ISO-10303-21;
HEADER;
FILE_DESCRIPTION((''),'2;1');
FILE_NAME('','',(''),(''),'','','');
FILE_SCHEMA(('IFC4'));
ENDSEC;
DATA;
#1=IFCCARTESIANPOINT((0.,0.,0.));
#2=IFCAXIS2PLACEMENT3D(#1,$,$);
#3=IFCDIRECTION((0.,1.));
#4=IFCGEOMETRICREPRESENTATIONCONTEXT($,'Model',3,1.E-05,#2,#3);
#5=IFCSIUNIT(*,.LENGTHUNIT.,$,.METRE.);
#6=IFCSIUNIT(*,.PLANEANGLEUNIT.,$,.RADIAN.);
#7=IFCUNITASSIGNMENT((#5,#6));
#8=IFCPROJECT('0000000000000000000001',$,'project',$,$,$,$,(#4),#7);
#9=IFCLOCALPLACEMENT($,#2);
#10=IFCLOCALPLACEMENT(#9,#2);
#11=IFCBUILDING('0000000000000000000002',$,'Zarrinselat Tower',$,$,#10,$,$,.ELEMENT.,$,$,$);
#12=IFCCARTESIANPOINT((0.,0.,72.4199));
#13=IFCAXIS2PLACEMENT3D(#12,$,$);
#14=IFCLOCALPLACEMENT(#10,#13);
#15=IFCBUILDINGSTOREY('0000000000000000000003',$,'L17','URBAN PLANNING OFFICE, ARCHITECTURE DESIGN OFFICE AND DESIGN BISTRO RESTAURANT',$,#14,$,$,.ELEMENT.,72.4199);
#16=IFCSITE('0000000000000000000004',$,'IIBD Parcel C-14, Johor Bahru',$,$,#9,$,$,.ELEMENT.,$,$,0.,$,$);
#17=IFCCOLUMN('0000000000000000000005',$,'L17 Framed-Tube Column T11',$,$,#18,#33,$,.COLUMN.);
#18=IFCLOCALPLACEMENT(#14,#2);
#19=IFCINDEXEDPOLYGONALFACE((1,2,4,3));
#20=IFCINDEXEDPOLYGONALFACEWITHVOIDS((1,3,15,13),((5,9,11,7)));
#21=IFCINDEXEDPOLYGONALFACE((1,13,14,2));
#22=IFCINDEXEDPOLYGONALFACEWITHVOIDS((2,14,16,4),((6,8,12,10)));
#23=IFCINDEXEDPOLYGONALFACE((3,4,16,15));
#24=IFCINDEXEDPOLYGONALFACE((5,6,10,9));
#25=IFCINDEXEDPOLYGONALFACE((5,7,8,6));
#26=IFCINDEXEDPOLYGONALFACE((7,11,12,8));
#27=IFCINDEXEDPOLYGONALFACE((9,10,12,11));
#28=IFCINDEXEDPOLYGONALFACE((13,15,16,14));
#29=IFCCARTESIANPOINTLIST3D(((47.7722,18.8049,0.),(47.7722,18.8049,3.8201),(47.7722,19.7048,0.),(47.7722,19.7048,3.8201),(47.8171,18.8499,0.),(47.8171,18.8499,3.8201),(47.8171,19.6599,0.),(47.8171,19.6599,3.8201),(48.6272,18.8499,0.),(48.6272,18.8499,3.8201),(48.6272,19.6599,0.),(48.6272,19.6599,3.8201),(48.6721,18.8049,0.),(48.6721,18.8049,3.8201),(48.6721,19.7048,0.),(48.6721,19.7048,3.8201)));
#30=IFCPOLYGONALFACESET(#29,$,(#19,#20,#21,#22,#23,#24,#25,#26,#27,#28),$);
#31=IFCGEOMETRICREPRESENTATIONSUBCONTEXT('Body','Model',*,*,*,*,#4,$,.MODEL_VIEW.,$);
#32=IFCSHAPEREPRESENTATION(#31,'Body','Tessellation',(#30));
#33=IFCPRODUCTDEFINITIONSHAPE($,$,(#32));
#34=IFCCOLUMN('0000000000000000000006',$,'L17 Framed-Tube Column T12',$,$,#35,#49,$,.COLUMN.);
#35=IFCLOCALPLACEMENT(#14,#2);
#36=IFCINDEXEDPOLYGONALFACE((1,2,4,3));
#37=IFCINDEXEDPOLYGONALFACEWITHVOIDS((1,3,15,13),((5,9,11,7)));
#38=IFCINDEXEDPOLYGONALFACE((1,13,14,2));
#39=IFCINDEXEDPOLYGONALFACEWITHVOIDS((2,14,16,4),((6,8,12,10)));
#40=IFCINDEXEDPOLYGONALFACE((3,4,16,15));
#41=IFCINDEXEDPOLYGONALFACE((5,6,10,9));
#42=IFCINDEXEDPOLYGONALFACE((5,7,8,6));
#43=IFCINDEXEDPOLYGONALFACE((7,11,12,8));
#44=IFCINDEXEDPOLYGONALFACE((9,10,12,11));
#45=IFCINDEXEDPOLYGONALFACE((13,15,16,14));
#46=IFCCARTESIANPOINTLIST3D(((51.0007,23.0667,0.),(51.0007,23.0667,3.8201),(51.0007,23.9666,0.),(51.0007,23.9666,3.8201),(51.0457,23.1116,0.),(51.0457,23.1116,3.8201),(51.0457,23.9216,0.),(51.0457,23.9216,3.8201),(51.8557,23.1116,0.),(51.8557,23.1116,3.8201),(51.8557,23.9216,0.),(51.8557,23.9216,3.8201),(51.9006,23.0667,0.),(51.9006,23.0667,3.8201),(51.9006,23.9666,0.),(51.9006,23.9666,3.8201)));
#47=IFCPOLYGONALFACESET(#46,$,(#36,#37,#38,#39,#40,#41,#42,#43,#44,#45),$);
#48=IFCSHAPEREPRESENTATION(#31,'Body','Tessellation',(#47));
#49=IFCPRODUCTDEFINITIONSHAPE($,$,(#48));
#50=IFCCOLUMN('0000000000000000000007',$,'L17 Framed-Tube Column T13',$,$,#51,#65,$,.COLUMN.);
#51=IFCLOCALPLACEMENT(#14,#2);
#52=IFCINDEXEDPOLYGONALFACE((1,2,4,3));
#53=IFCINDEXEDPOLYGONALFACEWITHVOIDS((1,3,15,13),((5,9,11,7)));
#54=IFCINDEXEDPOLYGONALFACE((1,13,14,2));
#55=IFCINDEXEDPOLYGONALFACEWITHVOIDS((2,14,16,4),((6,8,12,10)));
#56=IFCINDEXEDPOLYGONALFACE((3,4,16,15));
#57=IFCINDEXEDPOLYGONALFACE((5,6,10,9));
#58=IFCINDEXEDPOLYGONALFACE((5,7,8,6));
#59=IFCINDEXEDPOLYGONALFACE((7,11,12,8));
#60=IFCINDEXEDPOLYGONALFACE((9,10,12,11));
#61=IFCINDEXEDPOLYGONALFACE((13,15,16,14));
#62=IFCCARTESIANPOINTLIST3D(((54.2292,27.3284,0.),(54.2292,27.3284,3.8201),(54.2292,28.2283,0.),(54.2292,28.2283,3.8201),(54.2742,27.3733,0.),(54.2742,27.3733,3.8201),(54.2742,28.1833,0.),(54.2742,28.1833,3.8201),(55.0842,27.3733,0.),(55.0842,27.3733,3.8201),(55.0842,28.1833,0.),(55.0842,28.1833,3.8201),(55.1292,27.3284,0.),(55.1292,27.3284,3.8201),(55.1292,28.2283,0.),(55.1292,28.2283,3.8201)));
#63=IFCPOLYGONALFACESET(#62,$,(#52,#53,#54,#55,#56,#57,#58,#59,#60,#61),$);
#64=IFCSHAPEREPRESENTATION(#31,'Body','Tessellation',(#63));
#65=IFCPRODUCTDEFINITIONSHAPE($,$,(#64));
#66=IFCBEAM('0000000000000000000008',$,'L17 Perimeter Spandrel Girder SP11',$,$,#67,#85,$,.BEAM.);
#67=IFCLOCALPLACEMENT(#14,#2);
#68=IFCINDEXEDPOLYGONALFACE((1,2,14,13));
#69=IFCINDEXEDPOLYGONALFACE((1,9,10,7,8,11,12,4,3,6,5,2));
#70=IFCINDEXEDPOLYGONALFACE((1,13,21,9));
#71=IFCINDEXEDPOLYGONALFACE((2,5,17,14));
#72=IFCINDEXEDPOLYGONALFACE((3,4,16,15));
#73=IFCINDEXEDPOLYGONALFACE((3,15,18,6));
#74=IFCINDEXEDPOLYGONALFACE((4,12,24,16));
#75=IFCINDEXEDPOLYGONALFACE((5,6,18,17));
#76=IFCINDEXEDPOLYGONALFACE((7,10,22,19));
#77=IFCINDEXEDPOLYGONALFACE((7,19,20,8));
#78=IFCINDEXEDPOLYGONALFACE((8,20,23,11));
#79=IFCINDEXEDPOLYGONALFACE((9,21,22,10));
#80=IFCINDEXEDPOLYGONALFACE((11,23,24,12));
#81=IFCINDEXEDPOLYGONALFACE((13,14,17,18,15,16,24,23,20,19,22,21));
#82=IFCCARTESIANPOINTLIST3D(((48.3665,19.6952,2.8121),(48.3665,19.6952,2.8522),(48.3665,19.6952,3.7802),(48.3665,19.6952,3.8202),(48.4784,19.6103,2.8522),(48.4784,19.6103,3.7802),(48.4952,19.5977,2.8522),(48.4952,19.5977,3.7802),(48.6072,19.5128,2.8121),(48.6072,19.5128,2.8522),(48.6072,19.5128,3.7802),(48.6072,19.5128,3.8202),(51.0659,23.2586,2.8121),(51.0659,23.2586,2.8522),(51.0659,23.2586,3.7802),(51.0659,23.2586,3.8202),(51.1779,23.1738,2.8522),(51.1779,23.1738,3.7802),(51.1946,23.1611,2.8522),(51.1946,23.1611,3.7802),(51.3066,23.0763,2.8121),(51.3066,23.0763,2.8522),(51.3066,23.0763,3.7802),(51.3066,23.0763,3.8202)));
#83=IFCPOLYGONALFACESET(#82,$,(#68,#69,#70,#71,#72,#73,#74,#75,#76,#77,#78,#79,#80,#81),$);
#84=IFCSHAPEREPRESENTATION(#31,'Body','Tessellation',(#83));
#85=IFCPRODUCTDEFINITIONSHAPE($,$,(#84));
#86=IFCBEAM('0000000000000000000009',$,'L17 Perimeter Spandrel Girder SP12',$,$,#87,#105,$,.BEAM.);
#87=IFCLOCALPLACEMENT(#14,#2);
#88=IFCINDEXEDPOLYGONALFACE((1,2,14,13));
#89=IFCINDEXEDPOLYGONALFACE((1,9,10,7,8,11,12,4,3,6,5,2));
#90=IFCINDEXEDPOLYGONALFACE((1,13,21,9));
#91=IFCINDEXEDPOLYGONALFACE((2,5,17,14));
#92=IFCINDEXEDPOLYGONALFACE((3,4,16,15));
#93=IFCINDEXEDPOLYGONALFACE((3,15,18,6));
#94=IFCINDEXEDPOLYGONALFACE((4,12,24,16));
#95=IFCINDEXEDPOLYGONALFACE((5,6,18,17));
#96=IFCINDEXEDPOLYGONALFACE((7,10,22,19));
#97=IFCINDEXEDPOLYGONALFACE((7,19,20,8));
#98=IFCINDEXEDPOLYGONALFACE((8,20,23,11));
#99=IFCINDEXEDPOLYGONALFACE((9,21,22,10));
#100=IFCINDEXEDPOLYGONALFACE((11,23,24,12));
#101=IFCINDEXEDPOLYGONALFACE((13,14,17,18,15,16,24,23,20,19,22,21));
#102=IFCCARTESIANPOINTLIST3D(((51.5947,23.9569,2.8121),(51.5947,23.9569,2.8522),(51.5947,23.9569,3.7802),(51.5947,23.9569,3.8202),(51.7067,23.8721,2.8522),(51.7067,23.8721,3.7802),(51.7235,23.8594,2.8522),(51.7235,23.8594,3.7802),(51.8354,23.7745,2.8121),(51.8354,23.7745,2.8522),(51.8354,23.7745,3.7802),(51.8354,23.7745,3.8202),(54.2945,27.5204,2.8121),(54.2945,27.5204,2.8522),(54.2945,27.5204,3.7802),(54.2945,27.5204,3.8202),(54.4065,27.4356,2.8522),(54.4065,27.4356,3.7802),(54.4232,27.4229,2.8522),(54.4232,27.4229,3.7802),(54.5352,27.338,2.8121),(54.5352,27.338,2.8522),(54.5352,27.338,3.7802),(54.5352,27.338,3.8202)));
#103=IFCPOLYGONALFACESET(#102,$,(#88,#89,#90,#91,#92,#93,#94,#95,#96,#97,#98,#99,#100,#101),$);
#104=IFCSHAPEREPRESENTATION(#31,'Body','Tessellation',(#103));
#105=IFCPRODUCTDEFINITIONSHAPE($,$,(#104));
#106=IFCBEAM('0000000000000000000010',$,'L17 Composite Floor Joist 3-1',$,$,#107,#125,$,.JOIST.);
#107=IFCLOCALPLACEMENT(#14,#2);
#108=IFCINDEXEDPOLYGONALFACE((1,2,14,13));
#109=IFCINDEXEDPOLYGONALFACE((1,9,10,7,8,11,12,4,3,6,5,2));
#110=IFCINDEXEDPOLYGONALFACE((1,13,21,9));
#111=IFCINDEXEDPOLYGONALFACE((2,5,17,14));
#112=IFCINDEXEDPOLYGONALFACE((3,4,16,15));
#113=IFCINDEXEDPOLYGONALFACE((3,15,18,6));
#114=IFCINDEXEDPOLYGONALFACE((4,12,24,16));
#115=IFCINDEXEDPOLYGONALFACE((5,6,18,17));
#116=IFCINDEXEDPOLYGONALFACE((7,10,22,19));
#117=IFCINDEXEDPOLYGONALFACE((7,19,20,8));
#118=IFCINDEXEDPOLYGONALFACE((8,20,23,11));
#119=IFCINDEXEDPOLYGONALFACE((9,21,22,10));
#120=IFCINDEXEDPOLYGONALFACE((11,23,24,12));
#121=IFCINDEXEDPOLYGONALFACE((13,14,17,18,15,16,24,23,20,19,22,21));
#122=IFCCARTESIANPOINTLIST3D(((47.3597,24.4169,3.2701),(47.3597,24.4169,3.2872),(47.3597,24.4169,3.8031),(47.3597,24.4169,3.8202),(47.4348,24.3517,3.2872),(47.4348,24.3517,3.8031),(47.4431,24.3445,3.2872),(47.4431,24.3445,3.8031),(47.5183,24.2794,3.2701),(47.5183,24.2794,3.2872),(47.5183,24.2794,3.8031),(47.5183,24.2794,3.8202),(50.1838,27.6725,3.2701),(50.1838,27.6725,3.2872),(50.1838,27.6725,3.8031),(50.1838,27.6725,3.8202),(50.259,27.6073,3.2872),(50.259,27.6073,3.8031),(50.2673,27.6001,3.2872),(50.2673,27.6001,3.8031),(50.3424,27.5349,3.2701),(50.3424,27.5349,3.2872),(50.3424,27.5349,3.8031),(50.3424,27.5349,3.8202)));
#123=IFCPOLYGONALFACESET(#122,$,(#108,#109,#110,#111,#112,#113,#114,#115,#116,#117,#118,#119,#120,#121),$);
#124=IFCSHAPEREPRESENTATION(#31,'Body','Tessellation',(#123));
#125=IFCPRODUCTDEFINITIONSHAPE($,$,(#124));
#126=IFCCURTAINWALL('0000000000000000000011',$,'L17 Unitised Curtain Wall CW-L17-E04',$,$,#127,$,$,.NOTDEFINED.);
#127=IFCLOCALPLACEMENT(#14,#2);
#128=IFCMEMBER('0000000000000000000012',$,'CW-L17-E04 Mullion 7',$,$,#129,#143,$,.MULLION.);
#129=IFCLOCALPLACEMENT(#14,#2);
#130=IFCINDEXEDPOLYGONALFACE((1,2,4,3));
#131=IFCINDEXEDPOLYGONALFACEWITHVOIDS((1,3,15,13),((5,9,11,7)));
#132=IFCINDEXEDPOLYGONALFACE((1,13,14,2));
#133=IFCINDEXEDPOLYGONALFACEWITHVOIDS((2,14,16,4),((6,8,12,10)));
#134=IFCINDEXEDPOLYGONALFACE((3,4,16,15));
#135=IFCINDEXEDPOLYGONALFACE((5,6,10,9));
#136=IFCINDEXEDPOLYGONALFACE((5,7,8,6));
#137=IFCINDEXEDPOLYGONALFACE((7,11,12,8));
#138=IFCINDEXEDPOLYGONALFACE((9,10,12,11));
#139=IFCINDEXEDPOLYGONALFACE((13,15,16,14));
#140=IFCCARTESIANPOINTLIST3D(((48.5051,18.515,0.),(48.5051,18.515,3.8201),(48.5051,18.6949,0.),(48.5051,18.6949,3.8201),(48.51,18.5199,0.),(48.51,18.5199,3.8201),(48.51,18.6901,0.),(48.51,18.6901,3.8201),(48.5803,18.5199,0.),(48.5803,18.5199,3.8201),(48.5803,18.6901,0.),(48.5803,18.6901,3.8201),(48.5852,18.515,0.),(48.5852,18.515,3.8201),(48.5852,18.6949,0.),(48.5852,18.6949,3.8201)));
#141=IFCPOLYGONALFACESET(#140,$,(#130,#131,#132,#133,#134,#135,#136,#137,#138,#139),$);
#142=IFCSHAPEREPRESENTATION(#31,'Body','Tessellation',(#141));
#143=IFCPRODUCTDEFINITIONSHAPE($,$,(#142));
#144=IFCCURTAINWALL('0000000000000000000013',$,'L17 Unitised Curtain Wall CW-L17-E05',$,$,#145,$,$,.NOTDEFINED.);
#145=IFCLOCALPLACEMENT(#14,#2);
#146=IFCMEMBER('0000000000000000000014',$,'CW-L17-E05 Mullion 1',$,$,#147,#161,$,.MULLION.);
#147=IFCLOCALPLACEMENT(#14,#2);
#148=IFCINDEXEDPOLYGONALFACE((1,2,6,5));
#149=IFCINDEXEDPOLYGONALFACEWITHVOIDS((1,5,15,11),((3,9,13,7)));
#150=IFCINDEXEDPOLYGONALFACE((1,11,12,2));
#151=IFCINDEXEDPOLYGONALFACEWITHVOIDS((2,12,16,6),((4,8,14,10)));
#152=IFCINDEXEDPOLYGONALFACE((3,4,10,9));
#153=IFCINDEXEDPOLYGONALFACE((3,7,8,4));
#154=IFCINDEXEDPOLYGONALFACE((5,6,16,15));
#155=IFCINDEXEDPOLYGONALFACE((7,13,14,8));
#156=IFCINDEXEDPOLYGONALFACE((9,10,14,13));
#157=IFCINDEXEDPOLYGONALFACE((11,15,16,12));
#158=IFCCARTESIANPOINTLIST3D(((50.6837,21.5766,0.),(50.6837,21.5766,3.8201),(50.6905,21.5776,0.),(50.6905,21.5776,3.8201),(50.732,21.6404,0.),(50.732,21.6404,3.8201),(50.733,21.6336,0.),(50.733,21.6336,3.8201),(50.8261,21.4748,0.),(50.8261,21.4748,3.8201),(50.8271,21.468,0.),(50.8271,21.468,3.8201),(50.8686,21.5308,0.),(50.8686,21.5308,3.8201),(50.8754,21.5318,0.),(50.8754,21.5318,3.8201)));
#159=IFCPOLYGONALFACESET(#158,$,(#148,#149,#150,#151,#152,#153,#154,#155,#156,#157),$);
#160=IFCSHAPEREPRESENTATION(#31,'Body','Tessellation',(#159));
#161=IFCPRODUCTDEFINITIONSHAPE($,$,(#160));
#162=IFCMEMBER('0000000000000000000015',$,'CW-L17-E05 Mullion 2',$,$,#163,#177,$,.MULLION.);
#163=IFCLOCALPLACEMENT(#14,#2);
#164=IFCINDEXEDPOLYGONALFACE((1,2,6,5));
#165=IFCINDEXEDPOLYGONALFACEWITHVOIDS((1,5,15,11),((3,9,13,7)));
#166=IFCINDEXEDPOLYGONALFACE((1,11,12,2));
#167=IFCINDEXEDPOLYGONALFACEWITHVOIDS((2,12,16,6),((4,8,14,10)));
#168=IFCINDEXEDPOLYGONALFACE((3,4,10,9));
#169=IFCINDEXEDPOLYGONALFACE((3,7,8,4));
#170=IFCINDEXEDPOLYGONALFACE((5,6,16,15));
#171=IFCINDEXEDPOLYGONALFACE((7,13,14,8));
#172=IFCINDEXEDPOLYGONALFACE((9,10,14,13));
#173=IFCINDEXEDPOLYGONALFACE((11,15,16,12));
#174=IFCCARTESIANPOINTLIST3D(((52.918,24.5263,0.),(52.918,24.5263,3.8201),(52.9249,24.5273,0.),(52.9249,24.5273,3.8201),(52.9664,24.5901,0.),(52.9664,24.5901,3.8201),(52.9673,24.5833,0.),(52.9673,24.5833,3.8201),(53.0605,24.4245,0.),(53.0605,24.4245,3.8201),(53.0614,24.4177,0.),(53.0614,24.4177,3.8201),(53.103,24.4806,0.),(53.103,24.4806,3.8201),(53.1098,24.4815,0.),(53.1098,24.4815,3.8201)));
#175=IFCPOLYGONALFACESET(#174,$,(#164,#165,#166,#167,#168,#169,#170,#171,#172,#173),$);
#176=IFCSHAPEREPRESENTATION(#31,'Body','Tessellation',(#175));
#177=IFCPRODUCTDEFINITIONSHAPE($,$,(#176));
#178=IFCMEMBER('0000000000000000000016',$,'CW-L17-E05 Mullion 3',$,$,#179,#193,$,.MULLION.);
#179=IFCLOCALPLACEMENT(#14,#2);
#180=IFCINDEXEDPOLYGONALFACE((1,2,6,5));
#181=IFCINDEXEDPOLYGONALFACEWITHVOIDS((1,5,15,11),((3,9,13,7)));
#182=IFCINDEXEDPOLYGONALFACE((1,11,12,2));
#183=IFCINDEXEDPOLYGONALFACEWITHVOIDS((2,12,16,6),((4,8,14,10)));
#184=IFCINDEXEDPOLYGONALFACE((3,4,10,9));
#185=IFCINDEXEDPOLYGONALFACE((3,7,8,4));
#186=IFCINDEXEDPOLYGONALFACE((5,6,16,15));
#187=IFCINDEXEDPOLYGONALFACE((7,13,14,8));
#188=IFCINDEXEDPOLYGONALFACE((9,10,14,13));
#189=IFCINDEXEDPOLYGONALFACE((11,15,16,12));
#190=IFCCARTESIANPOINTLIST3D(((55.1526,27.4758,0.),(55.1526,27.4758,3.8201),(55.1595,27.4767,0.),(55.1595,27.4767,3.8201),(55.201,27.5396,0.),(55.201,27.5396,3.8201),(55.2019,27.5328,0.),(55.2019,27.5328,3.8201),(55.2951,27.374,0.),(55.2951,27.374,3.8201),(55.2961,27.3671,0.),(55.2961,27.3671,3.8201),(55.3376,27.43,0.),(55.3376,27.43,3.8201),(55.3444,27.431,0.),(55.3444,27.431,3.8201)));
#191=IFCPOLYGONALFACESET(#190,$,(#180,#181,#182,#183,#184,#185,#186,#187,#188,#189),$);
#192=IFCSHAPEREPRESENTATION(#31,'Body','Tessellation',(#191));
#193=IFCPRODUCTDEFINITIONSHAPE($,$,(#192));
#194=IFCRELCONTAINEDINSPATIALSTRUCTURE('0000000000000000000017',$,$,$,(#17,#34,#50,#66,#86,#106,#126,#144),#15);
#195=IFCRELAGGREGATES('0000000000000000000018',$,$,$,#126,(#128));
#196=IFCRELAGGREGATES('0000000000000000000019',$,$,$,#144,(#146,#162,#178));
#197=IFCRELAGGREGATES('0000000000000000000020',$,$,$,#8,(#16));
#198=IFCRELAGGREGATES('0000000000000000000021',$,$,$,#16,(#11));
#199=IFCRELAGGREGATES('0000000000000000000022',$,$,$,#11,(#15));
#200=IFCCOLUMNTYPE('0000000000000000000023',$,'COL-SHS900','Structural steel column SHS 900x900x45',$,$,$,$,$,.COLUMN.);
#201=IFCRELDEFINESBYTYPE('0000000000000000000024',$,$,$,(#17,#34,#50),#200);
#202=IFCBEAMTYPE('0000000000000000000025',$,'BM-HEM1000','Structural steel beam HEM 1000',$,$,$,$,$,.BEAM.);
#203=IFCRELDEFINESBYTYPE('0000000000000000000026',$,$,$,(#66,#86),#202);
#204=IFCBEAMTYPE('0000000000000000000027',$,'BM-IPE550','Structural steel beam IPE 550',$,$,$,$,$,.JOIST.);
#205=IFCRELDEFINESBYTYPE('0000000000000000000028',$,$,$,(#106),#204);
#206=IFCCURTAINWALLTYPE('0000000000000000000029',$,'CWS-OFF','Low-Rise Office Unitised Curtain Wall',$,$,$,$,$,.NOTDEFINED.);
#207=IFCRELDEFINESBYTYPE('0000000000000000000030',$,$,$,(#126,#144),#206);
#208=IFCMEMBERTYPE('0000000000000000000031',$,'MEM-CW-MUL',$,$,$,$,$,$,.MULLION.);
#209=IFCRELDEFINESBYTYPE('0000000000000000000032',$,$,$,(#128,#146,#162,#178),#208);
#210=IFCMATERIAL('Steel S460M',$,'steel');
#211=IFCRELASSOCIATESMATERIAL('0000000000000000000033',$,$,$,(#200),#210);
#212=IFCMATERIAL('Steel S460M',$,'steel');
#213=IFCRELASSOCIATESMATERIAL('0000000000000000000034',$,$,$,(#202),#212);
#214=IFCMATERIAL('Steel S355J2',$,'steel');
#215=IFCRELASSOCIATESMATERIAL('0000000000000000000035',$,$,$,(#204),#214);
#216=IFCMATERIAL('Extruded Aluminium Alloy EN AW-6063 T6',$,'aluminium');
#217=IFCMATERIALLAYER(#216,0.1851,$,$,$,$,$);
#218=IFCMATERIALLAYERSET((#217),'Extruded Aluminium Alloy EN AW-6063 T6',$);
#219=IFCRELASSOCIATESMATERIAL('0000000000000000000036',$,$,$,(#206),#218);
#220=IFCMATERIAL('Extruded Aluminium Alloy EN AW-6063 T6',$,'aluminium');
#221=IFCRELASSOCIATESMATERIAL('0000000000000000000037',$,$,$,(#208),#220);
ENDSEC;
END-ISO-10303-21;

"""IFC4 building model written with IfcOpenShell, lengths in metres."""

from ifc_helpers import new_model, si_unit, direction, frame, origin, origin_2d, place, context, subcontext, project, spatial, hollow_rectangle, i_section, extrude, material, layer, layer_set, material_profile, profile_set, type_object, element, aggregate, save


model = new_model("IFC4")

# Units and contexts
model_context = context("Model", 3, precision=1e-05, world=origin(), true_north=direction((0.0, 1.0)))
body_context = subcontext(model_context, "Body", "Model", "MODEL_VIEW")
ifc_project = project(units=[si_unit("LENGTHUNIT", "METRE"), si_unit("PLANEANGLEUNIT", "RADIAN")], contexts=[model_context])

# Site, building, storey
site_placement = place(None, origin())
site = spatial("IfcSite", under=ifc_project, at=site_placement, Name="IIBD Parcel C-14, Johor Bahru", CompositionType="ELEMENT", RefElevation=0.0)
building_placement = place(site_placement, origin())
building = spatial("IfcBuilding", under=site, at=building_placement, Name="Zarrinselat Tower", CompositionType="ELEMENT")
storey_placement = place(building_placement, frame((0.0, 0.0, 72.4199)))
storey = spatial("IfcBuildingStorey", under=building, at=storey_placement, Name="L17", Description="URBAN PLANNING OFFICE, ARCHITECTURE DESIGN OFFICE AND DESIGN BISTRO RESTAURANT", CompositionType="ELEMENT", Elevation=72.4199)

# Columns
ifc_material_1 = material(Name="Steel S460M", Category="steel")
ifc_material_profile_1 = material_profile(ifc_material_1, hollow_rectangle(XDim=0.8999, YDim=0.8999, WallThickness=0.0449, at=origin_2d()), Name="SHS 900x900x45")
ifc_profile_set_1 = profile_set([ifc_material_profile_1], Name="Steel S460M")
column_type = type_object("IfcColumnType", Name="COL-SHS900", Description="Structural steel column SHS 900x900x45", PredefinedType="COLUMN", material=ifc_profile_set_1)
for number, where, z_axis, x_axis, name in (
    (1, (48.2222, 19.2549, 0.0), (0.0, 0.0, 1.0), (1.0, 0.0, 0.0), "L17 Framed-Tube Column T11"),
    (2, (51.4507, 23.5166, 0.0), (0.0, 0.0, 1.0), (1.0, 0.0, 0.0), "L17 Framed-Tube Column T12"),
    (3, (54.6792, 27.7783, 0.0), (0.0, 0.0, 1.0), (1.0, 0.0, 0.0), "L17 Framed-Tube Column T13"),
):
    element("IfcColumn", number, at=place(storey_placement, frame(where, z_axis=z_axis, x_axis=x_axis)), inside=storey, type_object=column_type, Name=name, PredefinedType="COLUMN", context=body_context, shape_type="SweptSolid", body=[
        extrude(hollow_rectangle(XDim=0.8999, YDim=0.8999, WallThickness=0.0449, at=origin_2d()), origin(), (0.0, 0.0, 1.0), 3.8201),
    ])

# Beams
ifc_material_2 = material(Name="Steel S460M", Category="steel")
ifc_material_profile_2 = material_profile(ifc_material_2, i_section(OverallWidth=0.302, OverallDepth=1.0081, WebThickness=0.021, FlangeThickness=0.04, at=origin_2d()), Name="HEM 1000")
ifc_profile_set_2 = profile_set([ifc_material_profile_2], Name="Steel S460M")
beam_type_1 = type_object("IfcBeamType", Name="BM-HEM1000", Description="Structural steel beam HEM 1000", PredefinedType="BEAM", material=ifc_profile_set_2)
beam_1_placement = place(storey_placement, frame((48.4868, 19.604, 3.3162), z_axis=(0.603838, 0.797107, 0.0), x_axis=(-0.797107, 0.603838, 0.0)))
element("IfcBeam", 4, at=beam_1_placement, inside=storey, type_object=beam_type_1, Name="L17 Perimeter Spandrel Girder SP11", PredefinedType="BEAM", context=body_context, shape_type="SweptSolid", body=[
    extrude(i_section(OverallWidth=0.302, OverallDepth=1.0081, WebThickness=0.021, FlangeThickness=0.04, at=origin_2d()), origin(), (0.0, 0.0, 1.0), 4.4705),
])
beam_2_placement = place(storey_placement, frame((51.7151, 23.8657, 3.3162), z_axis=(0.603872, 0.797081, 0.0), x_axis=(-0.797081, 0.603872, 0.0)))
element("IfcBeam", 5, at=beam_2_placement, inside=storey, type_object=beam_type_1, Name="L17 Perimeter Spandrel Girder SP12", PredefinedType="BEAM", context=body_context, shape_type="SweptSolid", body=[
    extrude(i_section(OverallWidth=0.302, OverallDepth=1.0081, WebThickness=0.021, FlangeThickness=0.04, at=origin_2d()), origin(), (0.0, 0.0, 1.0), 4.4707),
])
ifc_material_3 = material(Name="Steel S355J2", Category="steel")
ifc_material_profile_3 = material_profile(ifc_material_3, i_section(OverallWidth=0.21, OverallDepth=0.55, WebThickness=0.011, FlangeThickness=0.0171, at=origin_2d()), Name="IPE 550")
ifc_profile_set_3 = profile_set([ifc_material_profile_3], Name="Steel S355J2")
beam_type_2 = type_object("IfcBeamType", Name="BM-IPE550", Description="Structural steel beam IPE 550", PredefinedType="JOIST", material=ifc_profile_set_3)
beam_3_placement = place(storey_placement, frame((47.439, 24.3481, 3.5452), z_axis=(0.655286, 0.755381, 0.0), x_axis=(-0.755381, 0.655286, 0.0)))
element("IfcBeam", 6, at=beam_3_placement, inside=storey, type_object=beam_type_2, Name="L17 Composite Floor Joist 3-1", PredefinedType="JOIST", context=body_context, shape_type="SweptSolid", body=[
    extrude(i_section(OverallWidth=0.21, OverallDepth=0.55, WebThickness=0.011, FlangeThickness=0.0171, at=origin_2d()), origin(), (0.0, 0.0, 1.0), 4.3098),
])

# Curtain wall, member
ifc_material_4 = material(Name="Extruded Aluminium Alloy EN AW-6063 T6", Category="aluminium")
ifc_layer_1 = layer(ifc_material_4, 0.1851)
ifc_layer_set_1 = layer_set([ifc_layer_1], Name="Extruded Aluminium Alloy EN AW-6063 T6")
curtain_wall_type = type_object("IfcCurtainWallType", Name="CWS-OFF", Description="Low-Rise Office Unitised Curtain Wall", PredefinedType="NOTDEFINED", material=ifc_layer_set_1)
curtain_wall_1_placement = place(storey_placement, origin())
curtain_wall_1 = element("IfcCurtainWall", 7, at=curtain_wall_1_placement, inside=storey, type_object=curtain_wall_type, Name="L17 Unitised Curtain Wall CW-L17-E04", PredefinedType="NOTDEFINED")
ifc_material_5 = material(Name="Extruded Aluminium Alloy EN AW-6063 T6", Category="aluminium")
ifc_material_profile_4 = material_profile(ifc_material_5, hollow_rectangle(XDim=0.0801, YDim=0.1799, WallThickness=0.0049, at=origin_2d()), Name="RHS 180x80x5")
ifc_profile_set_4 = profile_set([ifc_material_profile_4], Name="Extruded Aluminium Alloy EN AW-6063 T6")
member_type_1 = type_object("IfcMemberType", Name="MEM-CW-MUL", PredefinedType="MULLION", material=ifc_profile_set_4)
member_1_placement = place(storey_placement, frame((48.5452, 18.605, 0.0), z_axis=(0.0, 0.0, 1.0), x_axis=(1.0, 0.0, 0.0)))
member_1 = element("IfcMember", 8, at=member_1_placement, type_object=member_type_1, Name="CW-L17-E04 Mullion 7", PredefinedType="MULLION", context=body_context, shape_type="SweptSolid", body=[
    extrude(hollow_rectangle(XDim=0.0801, YDim=0.1799, WallThickness=0.0049, at=origin_2d()), origin(), (0.0, 0.0, 1.0), 3.8201),
])
aggregate(curtain_wall_1, [member_1])

# Curtain wall, members
curtain_wall_2_placement = place(storey_placement, origin())
curtain_wall_2 = element("IfcCurtainWall", 9, at=curtain_wall_2_placement, inside=storey, type_object=curtain_wall_type, Name="L17 Unitised Curtain Wall CW-L17-E05", PredefinedType="NOTDEFINED")
member_2_placement = place(storey_placement, frame((50.7795, 21.5542, 0.0), z_axis=(0.0, 0.0, 1.0), x_axis=(0.603855, 0.797094, 0.0)))
member_2 = element("IfcMember", 10, at=member_2_placement, type_object=member_type_1, Name="CW-L17-E05 Mullion 1", PredefinedType="MULLION", context=body_context, shape_type="SweptSolid", body=[
    extrude(hollow_rectangle(XDim=0.0801, YDim=0.1799, WallThickness=0.0049, at=origin_2d()), origin(), (0.0, 0.0, 1.0), 3.8201),
])
member_3_placement = place(storey_placement, frame((53.0139, 24.5039, 0.0), z_axis=(0.0, 0.0, 1.0), x_axis=(0.603855, 0.797094, 0.0)))
member_3 = element("IfcMember", 11, at=member_3_placement, type_object=member_type_1, Name="CW-L17-E05 Mullion 2", PredefinedType="MULLION", context=body_context, shape_type="SweptSolid", body=[
    extrude(hollow_rectangle(XDim=0.0801, YDim=0.1799, WallThickness=0.0049, at=origin_2d()), origin(), (0.0, 0.0, 1.0), 3.8201),
])
member_4_placement = place(storey_placement, frame((55.2485, 27.4534, 0.0), z_axis=(0.0, 0.0, 1.0), x_axis=(0.603855, 0.797094, 0.0)))
member_4 = element("IfcMember", 12, at=member_4_placement, type_object=member_type_1, Name="CW-L17-E05 Mullion 3", PredefinedType="MULLION", context=body_context, shape_type="SweptSolid", body=[
    extrude(hollow_rectangle(XDim=0.0801, YDim=0.1799, WallThickness=0.0049, at=origin_2d()), origin(), (0.0, 0.0, 1.0), 3.8201),
])
aggregate(curtain_wall_2, [member_2, member_3, member_4])

save(model, "model.ifc")
